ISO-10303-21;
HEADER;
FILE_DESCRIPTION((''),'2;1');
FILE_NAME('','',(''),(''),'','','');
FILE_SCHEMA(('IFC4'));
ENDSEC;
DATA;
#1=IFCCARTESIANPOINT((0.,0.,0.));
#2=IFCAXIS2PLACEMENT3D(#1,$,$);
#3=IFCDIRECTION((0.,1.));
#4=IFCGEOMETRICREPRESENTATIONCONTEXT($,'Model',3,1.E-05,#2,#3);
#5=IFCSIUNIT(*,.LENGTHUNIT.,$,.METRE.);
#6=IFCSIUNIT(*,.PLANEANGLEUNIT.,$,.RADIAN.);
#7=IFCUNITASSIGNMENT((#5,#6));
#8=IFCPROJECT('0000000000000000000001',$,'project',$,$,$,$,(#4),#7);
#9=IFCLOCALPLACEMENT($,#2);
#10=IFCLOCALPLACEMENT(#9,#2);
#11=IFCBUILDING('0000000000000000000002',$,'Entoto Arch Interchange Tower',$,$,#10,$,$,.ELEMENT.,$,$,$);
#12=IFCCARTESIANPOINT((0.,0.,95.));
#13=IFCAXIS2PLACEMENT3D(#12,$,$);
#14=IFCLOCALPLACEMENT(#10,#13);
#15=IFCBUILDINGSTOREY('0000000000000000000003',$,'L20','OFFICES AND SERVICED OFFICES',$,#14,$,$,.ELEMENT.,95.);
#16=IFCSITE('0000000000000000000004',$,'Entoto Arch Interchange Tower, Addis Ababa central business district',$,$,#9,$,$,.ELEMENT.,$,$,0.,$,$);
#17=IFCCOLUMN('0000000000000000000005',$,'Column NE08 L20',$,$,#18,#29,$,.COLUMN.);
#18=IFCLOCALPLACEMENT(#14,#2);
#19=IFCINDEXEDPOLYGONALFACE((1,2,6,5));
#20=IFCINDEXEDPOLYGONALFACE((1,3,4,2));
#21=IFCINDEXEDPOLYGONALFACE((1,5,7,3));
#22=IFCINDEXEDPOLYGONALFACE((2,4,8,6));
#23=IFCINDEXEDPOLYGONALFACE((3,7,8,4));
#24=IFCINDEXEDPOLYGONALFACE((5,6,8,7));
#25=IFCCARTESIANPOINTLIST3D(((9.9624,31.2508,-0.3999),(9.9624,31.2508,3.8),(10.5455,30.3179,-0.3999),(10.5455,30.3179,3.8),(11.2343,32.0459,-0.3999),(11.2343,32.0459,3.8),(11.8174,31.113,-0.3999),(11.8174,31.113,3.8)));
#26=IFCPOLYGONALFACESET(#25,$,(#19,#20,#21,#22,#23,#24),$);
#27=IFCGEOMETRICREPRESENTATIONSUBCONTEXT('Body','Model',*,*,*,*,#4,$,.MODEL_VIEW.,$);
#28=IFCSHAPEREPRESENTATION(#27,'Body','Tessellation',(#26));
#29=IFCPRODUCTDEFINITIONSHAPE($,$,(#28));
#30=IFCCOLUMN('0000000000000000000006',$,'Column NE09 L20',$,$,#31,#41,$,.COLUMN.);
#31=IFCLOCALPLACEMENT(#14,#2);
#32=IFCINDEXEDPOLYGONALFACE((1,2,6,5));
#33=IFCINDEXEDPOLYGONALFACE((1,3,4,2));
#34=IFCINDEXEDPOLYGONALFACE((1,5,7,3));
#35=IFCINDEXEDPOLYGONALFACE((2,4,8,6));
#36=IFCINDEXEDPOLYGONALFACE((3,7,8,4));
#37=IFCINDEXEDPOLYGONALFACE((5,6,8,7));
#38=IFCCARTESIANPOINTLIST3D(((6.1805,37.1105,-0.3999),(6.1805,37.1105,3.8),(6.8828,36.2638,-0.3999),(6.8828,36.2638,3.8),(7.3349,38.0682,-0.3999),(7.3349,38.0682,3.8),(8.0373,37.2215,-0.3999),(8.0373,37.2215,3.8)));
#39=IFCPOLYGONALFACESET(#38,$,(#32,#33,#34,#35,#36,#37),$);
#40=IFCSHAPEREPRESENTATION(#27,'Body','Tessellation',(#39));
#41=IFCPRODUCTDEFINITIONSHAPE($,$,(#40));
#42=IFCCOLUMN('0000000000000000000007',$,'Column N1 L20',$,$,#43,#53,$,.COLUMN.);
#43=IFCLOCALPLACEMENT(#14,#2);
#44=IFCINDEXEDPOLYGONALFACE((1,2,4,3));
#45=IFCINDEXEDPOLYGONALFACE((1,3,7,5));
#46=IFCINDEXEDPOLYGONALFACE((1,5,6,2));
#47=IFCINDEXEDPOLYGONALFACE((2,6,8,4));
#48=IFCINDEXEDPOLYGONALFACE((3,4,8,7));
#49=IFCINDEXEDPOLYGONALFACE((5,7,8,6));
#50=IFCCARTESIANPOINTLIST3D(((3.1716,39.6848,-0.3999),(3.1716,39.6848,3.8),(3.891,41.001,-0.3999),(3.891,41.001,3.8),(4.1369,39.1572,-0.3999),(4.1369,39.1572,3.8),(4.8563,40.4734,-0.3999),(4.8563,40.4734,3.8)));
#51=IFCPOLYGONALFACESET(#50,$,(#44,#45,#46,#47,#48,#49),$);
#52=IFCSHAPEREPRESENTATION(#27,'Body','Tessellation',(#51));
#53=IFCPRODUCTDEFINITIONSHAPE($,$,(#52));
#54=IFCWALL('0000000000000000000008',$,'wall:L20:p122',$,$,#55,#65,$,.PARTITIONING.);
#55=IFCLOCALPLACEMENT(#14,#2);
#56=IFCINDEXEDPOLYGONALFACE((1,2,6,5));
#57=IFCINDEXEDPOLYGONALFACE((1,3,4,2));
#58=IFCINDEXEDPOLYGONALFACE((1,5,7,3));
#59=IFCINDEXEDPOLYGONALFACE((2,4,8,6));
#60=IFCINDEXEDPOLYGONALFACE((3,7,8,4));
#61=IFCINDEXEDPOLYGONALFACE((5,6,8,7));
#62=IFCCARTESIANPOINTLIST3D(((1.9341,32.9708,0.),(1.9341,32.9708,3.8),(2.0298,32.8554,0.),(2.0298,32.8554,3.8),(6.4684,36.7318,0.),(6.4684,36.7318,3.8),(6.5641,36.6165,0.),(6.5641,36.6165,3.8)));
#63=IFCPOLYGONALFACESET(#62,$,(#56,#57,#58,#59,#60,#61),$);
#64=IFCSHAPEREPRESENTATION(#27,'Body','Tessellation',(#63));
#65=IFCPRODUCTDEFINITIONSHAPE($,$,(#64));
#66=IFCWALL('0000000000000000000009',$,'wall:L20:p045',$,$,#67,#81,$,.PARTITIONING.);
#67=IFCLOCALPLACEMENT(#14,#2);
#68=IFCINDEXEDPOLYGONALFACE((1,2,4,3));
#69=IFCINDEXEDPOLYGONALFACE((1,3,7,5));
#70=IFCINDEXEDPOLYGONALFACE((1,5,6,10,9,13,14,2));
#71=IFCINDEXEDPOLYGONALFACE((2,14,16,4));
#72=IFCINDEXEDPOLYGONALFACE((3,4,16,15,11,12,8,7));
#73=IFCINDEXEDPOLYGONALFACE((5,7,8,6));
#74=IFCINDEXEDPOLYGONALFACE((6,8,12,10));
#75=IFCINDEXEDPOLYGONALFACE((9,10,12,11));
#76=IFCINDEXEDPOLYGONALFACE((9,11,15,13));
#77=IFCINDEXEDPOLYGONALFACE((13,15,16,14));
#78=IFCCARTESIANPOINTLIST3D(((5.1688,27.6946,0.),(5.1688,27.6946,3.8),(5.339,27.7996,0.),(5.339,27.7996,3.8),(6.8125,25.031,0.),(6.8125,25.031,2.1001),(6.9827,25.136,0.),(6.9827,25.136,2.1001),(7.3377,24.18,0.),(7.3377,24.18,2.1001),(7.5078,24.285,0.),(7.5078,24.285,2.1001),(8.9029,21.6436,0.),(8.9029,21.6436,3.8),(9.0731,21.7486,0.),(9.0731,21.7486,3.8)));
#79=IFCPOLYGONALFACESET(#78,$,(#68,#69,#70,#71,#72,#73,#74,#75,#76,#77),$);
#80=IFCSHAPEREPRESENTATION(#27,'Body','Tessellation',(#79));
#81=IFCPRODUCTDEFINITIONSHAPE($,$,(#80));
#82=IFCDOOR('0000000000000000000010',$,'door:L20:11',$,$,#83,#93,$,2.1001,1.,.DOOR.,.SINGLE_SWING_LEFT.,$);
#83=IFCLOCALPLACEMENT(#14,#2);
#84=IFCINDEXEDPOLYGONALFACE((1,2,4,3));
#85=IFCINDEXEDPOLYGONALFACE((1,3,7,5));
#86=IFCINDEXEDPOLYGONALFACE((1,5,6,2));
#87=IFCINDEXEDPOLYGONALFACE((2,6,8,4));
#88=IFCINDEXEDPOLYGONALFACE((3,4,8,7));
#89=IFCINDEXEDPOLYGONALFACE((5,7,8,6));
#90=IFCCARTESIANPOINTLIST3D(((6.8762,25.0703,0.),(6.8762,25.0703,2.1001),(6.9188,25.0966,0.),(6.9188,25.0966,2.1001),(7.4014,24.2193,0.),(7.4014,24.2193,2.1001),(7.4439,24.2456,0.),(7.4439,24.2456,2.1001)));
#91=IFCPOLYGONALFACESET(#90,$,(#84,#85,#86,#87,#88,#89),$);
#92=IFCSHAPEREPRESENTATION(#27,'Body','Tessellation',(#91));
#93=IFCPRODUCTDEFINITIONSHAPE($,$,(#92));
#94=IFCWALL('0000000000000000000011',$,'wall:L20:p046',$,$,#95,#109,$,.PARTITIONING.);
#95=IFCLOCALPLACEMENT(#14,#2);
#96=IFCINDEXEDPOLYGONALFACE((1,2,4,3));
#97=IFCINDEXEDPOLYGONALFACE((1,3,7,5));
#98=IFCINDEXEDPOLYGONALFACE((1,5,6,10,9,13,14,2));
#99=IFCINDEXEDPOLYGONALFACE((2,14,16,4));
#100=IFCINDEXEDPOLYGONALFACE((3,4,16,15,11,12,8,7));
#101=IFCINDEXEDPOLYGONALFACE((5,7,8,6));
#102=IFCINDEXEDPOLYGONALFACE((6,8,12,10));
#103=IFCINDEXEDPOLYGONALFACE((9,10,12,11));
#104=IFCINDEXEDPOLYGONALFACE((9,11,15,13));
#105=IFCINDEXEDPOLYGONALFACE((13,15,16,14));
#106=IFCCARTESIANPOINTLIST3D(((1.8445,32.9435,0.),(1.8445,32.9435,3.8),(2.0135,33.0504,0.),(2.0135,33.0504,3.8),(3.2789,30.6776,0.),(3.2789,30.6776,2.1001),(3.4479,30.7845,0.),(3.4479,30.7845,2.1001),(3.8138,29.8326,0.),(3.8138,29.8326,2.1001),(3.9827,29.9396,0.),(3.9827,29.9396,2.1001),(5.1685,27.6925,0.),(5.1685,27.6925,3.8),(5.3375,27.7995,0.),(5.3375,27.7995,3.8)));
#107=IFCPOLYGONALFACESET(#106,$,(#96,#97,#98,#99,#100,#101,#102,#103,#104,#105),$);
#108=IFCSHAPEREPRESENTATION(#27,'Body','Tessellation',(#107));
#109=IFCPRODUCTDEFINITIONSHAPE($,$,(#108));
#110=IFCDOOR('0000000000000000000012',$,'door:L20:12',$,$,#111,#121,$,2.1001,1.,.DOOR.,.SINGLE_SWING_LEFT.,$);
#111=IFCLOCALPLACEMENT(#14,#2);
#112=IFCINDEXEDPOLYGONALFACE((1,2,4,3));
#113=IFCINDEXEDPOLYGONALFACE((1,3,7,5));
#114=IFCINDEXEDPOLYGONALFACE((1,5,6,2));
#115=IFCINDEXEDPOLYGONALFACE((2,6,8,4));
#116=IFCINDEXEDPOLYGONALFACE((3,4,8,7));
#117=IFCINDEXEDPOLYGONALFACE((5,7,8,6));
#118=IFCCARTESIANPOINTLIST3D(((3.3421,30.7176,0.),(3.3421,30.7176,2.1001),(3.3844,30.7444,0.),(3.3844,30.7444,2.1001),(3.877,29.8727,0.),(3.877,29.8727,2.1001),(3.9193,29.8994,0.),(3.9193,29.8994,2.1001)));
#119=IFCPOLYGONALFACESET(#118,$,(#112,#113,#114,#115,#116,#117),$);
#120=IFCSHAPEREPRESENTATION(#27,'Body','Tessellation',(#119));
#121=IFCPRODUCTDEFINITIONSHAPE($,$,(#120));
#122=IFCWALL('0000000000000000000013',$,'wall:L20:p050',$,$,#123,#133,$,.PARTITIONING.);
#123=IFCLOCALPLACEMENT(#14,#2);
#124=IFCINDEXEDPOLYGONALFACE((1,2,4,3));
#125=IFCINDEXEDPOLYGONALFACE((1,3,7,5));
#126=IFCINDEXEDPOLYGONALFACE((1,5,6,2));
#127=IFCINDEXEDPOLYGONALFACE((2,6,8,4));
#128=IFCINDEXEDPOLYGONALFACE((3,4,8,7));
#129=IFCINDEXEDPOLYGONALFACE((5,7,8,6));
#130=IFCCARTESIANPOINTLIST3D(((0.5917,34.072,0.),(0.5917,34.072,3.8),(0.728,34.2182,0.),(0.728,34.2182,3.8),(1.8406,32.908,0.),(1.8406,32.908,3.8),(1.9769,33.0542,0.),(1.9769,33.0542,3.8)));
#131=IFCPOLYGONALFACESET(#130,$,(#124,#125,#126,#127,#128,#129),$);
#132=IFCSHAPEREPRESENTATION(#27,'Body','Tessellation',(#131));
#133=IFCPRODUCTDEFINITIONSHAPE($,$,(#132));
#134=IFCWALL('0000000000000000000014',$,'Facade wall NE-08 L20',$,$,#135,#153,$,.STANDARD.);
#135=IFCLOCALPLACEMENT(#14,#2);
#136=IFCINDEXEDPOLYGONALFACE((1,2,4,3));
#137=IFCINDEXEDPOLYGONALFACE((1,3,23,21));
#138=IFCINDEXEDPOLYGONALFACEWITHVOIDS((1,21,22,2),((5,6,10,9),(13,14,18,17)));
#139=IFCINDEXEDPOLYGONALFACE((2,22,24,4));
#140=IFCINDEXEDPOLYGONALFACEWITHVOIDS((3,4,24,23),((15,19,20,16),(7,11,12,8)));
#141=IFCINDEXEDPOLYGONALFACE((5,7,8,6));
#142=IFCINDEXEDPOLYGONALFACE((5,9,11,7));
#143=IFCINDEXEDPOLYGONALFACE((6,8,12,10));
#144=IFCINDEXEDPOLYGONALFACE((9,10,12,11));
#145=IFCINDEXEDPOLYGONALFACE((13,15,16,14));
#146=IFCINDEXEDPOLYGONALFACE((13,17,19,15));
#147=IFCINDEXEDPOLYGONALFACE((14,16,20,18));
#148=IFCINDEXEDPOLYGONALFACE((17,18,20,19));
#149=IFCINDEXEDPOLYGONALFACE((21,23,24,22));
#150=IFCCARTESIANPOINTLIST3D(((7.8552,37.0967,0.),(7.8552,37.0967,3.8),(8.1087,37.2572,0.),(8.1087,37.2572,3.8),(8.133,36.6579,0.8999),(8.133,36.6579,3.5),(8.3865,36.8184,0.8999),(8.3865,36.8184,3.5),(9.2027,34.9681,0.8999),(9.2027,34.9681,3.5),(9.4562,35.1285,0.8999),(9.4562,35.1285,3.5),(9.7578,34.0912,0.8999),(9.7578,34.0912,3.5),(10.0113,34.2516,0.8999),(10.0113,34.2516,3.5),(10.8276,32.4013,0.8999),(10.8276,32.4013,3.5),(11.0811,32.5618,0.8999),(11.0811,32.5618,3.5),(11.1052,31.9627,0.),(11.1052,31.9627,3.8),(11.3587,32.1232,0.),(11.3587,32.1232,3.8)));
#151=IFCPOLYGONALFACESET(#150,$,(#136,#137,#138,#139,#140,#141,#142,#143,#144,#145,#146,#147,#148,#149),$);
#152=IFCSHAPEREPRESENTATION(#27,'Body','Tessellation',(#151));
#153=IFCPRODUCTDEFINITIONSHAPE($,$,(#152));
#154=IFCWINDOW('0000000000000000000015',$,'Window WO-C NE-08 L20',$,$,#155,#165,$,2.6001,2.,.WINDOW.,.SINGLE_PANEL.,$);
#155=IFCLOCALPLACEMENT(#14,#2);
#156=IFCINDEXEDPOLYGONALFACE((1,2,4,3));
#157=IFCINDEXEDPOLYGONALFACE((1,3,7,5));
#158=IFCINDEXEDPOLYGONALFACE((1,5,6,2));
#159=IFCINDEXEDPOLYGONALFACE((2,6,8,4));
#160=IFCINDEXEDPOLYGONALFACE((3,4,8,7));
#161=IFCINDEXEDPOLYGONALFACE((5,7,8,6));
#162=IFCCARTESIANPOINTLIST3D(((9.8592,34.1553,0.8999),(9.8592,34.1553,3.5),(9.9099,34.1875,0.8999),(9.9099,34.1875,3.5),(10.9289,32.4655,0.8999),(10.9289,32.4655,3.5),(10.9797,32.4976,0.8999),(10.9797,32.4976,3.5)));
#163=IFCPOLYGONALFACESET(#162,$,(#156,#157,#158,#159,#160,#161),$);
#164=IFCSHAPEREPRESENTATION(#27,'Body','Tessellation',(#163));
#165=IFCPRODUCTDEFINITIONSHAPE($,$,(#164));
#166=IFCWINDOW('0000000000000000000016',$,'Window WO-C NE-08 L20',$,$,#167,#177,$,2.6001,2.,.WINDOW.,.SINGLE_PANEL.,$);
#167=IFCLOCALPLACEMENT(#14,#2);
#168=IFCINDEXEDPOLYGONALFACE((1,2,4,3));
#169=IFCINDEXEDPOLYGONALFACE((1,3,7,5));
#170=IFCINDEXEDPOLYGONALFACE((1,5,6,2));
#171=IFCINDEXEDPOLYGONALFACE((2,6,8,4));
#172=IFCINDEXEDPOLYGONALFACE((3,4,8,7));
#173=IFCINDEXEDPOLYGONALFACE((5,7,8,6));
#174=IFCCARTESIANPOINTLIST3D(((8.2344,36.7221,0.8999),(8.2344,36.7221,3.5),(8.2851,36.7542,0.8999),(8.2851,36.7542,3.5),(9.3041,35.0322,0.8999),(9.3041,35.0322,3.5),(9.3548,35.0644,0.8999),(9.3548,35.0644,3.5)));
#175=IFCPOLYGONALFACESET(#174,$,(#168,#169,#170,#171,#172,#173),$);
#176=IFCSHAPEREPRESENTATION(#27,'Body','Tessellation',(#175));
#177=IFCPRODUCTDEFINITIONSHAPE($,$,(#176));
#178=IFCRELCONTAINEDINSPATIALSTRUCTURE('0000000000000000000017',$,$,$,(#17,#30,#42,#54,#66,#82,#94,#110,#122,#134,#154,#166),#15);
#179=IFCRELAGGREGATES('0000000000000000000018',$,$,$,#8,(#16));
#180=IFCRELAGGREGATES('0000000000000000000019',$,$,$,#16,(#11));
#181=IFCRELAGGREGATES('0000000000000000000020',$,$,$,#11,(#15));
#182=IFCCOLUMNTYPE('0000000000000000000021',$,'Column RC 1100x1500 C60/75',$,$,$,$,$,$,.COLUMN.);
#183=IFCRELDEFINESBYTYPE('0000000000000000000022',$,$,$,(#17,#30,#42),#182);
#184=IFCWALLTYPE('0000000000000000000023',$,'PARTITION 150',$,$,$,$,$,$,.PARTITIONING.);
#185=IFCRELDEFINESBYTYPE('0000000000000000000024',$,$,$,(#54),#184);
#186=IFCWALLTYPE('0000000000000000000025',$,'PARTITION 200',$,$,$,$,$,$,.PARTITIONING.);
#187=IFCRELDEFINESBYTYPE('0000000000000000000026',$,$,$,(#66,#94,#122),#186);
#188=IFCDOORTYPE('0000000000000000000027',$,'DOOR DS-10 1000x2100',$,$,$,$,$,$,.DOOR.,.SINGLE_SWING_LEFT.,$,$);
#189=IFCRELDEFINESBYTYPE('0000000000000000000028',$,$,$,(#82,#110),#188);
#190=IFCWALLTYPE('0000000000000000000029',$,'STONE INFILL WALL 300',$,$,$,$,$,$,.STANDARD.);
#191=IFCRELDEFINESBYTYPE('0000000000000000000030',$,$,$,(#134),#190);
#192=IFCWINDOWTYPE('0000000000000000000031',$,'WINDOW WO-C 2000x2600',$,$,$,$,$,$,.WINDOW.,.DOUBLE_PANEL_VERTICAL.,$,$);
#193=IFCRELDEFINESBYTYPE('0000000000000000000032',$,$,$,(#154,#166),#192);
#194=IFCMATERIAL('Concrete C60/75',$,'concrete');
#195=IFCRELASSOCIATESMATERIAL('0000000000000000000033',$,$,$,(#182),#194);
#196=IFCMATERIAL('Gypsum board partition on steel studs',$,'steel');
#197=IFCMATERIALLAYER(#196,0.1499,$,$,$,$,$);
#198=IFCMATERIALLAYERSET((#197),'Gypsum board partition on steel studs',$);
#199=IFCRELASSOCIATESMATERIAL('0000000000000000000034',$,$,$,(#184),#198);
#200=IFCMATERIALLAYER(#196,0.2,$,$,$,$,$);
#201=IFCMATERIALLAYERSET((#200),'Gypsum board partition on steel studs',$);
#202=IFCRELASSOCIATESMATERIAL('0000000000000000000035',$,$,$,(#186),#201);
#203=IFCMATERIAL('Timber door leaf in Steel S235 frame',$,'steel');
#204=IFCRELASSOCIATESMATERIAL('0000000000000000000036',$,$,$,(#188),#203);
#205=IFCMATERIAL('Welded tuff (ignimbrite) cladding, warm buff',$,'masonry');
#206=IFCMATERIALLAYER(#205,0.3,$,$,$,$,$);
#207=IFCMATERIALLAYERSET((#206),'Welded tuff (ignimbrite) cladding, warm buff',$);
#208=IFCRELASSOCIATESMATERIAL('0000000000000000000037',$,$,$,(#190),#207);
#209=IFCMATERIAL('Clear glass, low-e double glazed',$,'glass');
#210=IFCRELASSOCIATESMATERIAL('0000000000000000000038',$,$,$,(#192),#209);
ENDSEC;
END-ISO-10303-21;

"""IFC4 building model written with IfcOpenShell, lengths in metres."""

from ifc_helpers import new_model, si_unit, direction, frame, frame_2d, origin, origin_2d, place, context, subcontext, project, spatial, rectangle, extrude, material, layer, layer_set, material_profile, profile_set, type_object, element, fill, save


model = new_model("IFC4")

# Units and contexts
model_context = context("Model", 3, precision=1e-05, world=origin(), true_north=direction((0.0, 1.0)))
body_context = subcontext(model_context, "Body", "Model", "MODEL_VIEW")
ifc_project = project(units=[si_unit("LENGTHUNIT", "METRE"), si_unit("PLANEANGLEUNIT", "RADIAN")], contexts=[model_context])

# Site, building, storey
site_placement = place(None, origin())
site = spatial("IfcSite", under=ifc_project, at=site_placement, Name="Entoto Arch Interchange Tower, Addis Ababa central business district", CompositionType="ELEMENT", RefElevation=0.0)
building_placement = place(site_placement, origin())
building = spatial("IfcBuilding", under=site, at=building_placement, Name="Entoto Arch Interchange Tower", CompositionType="ELEMENT")
storey_placement = place(building_placement, frame((0.0, 0.0, 95.0)))
storey = spatial("IfcBuildingStorey", under=building, at=storey_placement, Name="L20", Description="OFFICES AND SERVICED OFFICES", CompositionType="ELEMENT", Elevation=95.0)

# Columns
ifc_material_1 = material(Name="Concrete C60/75", Category="concrete")
ifc_material_profile = material_profile(ifc_material_1, rectangle(XDim=1.1001, YDim=1.5, at=origin_2d()))
ifc_profile_set = profile_set([ifc_material_profile], Name="Concrete C60/75")
column_type = type_object("IfcColumnType", Name="Column RC 1100x1500 C60/75", PredefinedType="COLUMN", material=ifc_profile_set)
for number, where, z_axis, x_axis, name in (
    (1, (10.8899, 31.1819, -0.3999), (0.0, 0.0, 1.0), (-0.530067, 0.847956, 0.0), "Column NE08 L20"),
    (2, (7.1089, 37.166, -0.3999), (0.0, 0.0, 1.0), (-0.638459, 0.769656, 0.0), "Column NE09 L20"),
    (3, (4.0139, 40.0791, -0.3999), (0.0, 0.0, 1.0), (-0.877481, 0.479611, 0.0), "Column N1 L20"),
):
    element("IfcColumn", number, at=place(storey_placement, frame(where, z_axis=z_axis, x_axis=x_axis)), inside=storey, type_object=column_type, Name=name, PredefinedType="COLUMN", context=body_context, shape_type="SweptSolid", body=[
        extrude(rectangle(XDim=1.1001, YDim=1.5, at=origin_2d()), origin(), (0.0, 0.0, 1.0), 4.2),
    ])

# Wall
ifc_material_2 = material(Name="Gypsum board partition on steel studs", Category="steel")
ifc_layer_1 = layer(ifc_material_2, 0.1499)
ifc_layer_set_1 = layer_set([ifc_layer_1], Name="Gypsum board partition on steel studs")
wall_type_1 = type_object("IfcWallType", Name="PARTITION 150", PredefinedType="PARTITIONING", material=ifc_layer_set_1)
wall_1_placement = place(storey_placement, frame((1.9819, 32.9131, 0.0), z_axis=(0.0, 0.0, 1.0), x_axis=(0.76968, 0.63843, 0.0)))
element("IfcWall", 4, at=wall_1_placement, inside=storey, type_object=wall_type_1, Name="wall:L20:p122", PredefinedType="PARTITIONING", context=body_context, shape_type="SweptSolid", body=[
    extrude(rectangle(XDim=5.8911, YDim=0.1499, at=frame_2d((2.9456, 0.0))), origin(), (0.0, 0.0, 1.0), 3.8),
])

# Walls, openings, doors
ifc_layer_2 = layer(ifc_material_2, 0.2)
ifc_layer_set_2 = layer_set([ifc_layer_2], Name="Gypsum board partition on steel studs")
wall_type_2 = type_object("IfcWallType", Name="PARTITION 200", PredefinedType="PARTITIONING", material=ifc_layer_set_2)
wall_2_placement = place(storey_placement, frame((5.2539, 27.7471, 0.0), z_axis=(0.0, 0.0, 1.0), x_axis=(0.52516, -0.851003, 0.0)))
wall_2 = element("IfcWall", 5, at=wall_2_placement, inside=storey, type_object=wall_type_2, Name="wall:L20:p045", PredefinedType="PARTITIONING", context=body_context, shape_type="SweptSolid", body=[
    extrude(rectangle(XDim=7.1104, YDim=0.2, at=frame_2d((3.5552, 0.0))), origin(), (0.0, 0.0, 1.0), 3.8),
])
opening_1_placement = place(wall_2_placement, frame((3.1299, 0.0, 0.0)))
opening_1 = element("IfcOpeningElement", 6, at=opening_1_placement, cuts=wall_2, PredefinedType="OPENING", context=body_context, shape_type="SweptSolid", body=[
    extrude(rectangle(XDim=1.0, YDim=2.1001, at=frame_2d((0.5, 1.05))), frame((0.0, 0.1099, 0.0), z_axis=(0.0, -1.0, 0.0), x_axis=(1.0, 0.0, 0.0)), (0.0, 0.0, 1.0), 0.22),
])
ifc_material_3 = material(Name="Timber door leaf in Steel S235 frame", Category="steel")
door_type = type_object("IfcDoorType", Name="DOOR DS-10 1000x2100", OperationType="SINGLE_SWING_LEFT", PredefinedType="DOOR", material=ifc_material_3)
door_1_placement = place(opening_1_placement, origin())
door_1 = element("IfcDoor", 7, at=door_1_placement, inside=storey, type_object=door_type, Name="door:L20:11", OperationType="SINGLE_SWING_LEFT", OverallHeight=2.1001, OverallWidth=1.0, PredefinedType="DOOR", context=body_context, shape_type="SweptSolid", body=[
    extrude(rectangle(XDim=1.0, YDim=2.1001, at=frame_2d((0.5, 1.05))), frame((0.0, 0.0249, 0.0), z_axis=(0.0, -1.0, 0.0), x_axis=(1.0, 0.0, 0.0)), (0.0, 0.0, 1.0), 0.05),
])
fill(opening_1, door_1)
wall_3_placement = place(storey_placement, frame((1.929, 32.9971, 0.0), z_axis=(0.0, 0.0, 1.0), x_axis=(0.534863, -0.844939, 0.0)))
wall_3 = element("IfcWall", 8, at=wall_3_placement, inside=storey, type_object=wall_type_2, Name="wall:L20:p046", PredefinedType="PARTITIONING", context=body_context, shape_type="SweptSolid", body=[
    extrude(rectangle(XDim=6.2146, YDim=0.2, at=frame_2d((3.1074, 0.0))), origin(), (0.0, 0.0, 1.0), 3.8),
])
opening_2_placement = place(wall_3_placement, frame((2.6819, 0.0, 0.0)))
opening_2 = element("IfcOpeningElement", 9, at=opening_2_placement, cuts=wall_3, PredefinedType="OPENING", context=body_context, shape_type="SweptSolid", body=[
    extrude(rectangle(XDim=1.0, YDim=2.1001, at=frame_2d((0.5, 1.05))), frame((0.0, 0.1099, 0.0), z_axis=(0.0, -1.0, 0.0), x_axis=(1.0, 0.0, 0.0)), (0.0, 0.0, 1.0), 0.22),
])
door_2_placement = place(opening_2_placement, origin())
door_2 = element("IfcDoor", 10, at=door_2_placement, inside=storey, type_object=door_type, Name="door:L20:12", OperationType="SINGLE_SWING_LEFT", OverallHeight=2.1001, OverallWidth=1.0, PredefinedType="DOOR", context=body_context, shape_type="SweptSolid", body=[
    extrude(rectangle(XDim=1.0, YDim=2.1001, at=frame_2d((0.5, 1.05))), frame((0.0, 0.0249, 0.0), z_axis=(0.0, -1.0, 0.0), x_axis=(1.0, 0.0, 0.0)), (0.0, 0.0, 1.0), 0.05),
])
fill(opening_2, door_2)

# Wall
wall_4_placement = place(storey_placement, frame((0.6599, 34.145, 0.0), z_axis=(0.0, 0.0, 1.0), x_axis=(0.73155, -0.681788, 0.0)))
element("IfcWall", 11, at=wall_4_placement, inside=storey, type_object=wall_type_2, Name="wall:L20:p050", PredefinedType="PARTITIONING", context=body_context, shape_type="SweptSolid", body=[
    extrude(rectangle(XDim=1.7073, YDim=0.2, at=frame_2d((0.8535, 0.0))), origin(), (0.0, 0.0, 1.0), 3.8),
])

# Wall, openings, windows
ifc_material_4 = material(Name="Welded tuff (ignimbrite) cladding, warm buff", Category="masonry")
ifc_layer_3 = layer(ifc_material_4, 0.3)
ifc_layer_set_3 = layer_set([ifc_layer_3], Name="Welded tuff (ignimbrite) cladding, warm buff")
wall_type_3 = type_object("IfcWallType", Name="STONE INFILL WALL 300", PredefinedType="STANDARD", material=ifc_layer_set_3)
wall_5_placement = place(storey_placement, frame((11.2319, 32.043, 0.0), z_axis=(0.0, 0.0, 1.0), x_axis=(-0.534869, 0.844935, 0.0)))
wall_5 = element("IfcWall", 12, at=wall_5_placement, inside=storey, type_object=wall_type_3, Name="Facade wall NE-08 L20", PredefinedType="STANDARD", context=body_context, shape_type="SweptSolid", body=[
    extrude(rectangle(XDim=6.0762, YDim=0.3, at=frame_2d((3.0381, 0.0))), origin(), (0.0, 0.0, 1.0), 3.8),
])
opening_3_placement = place(wall_5_placement, frame((0.519, 0.0, 0.8999)))
opening_3 = element("IfcOpeningElement", 13, at=opening_3_placement, cuts=wall_5, PredefinedType="OPENING", context=body_context, shape_type="SweptSolid", body=[
    extrude(rectangle(XDim=2.0, YDim=2.6001, at=frame_2d((1.0, 1.3))), frame((0.0, 0.1602, 0.0), z_axis=(0.0, -1.0, 0.0), x_axis=(1.0, 0.0, 0.0)), (0.0, 0.0, 1.0), 0.3201),
])
opening_4_placement = place(wall_5_placement, frame((3.5569, 0.0, 0.8999)))
opening_4 = element("IfcOpeningElement", 14, at=opening_4_placement, cuts=wall_5, PredefinedType="OPENING", context=body_context, shape_type="SweptSolid", body=[
    extrude(rectangle(XDim=2.0, YDim=2.6001, at=frame_2d((1.0, 1.3))), frame((0.0, 0.1602, 0.0), z_axis=(0.0, -1.0, 0.0), x_axis=(1.0, 0.0, 0.0)), (0.0, 0.0, 1.0), 0.3201),
])
ifc_material_5 = material(Name="Clear glass, low-e double glazed", Category="glass")
window_type_1 = type_object("IfcWindowType", Name="WINDOW WO-C 2000x2600", PartitioningType="DOUBLE_PANEL_VERTICAL", PredefinedType="WINDOW", material=ifc_material_5)
window_1_placement = place(opening_3_placement, origin())
window_1 = element("IfcWindow", 15, at=window_1_placement, inside=storey, type_object=window_type_1, Name="Window WO-C NE-08 L20", OverallHeight=2.6001, OverallWidth=2.0, PartitioningType="SINGLE_PANEL", PredefinedType="WINDOW", context=body_context, shape_type="SweptSolid", body=[
    extrude(rectangle(XDim=2.0, YDim=2.6001, at=frame_2d((1.0, 1.3))), frame((0.0, 0.03, 0.0), z_axis=(0.0, -1.0, 0.0), x_axis=(1.0, 0.0, 0.0)), (0.0, 0.0, 1.0), 0.0601),
])
fill(opening_3, window_1)
window_2_placement = place(opening_4_placement, origin())
window_2 = element("IfcWindow", 16, at=window_2_placement, inside=storey, type_object=window_type_1, Name="Window WO-C NE-08 L20", OverallHeight=2.6001, OverallWidth=2.0, PartitioningType="SINGLE_PANEL", PredefinedType="WINDOW", context=body_context, shape_type="SweptSolid", body=[
    extrude(rectangle(XDim=2.0, YDim=2.6001, at=frame_2d((1.0, 1.3))), frame((0.0, 0.03, 0.0), z_axis=(0.0, -1.0, 0.0), x_axis=(1.0, 0.0, 0.0)), (0.0, 0.0, 1.0), 0.0601),
])
fill(opening_4, window_2)

save(model, "model.ifc")
